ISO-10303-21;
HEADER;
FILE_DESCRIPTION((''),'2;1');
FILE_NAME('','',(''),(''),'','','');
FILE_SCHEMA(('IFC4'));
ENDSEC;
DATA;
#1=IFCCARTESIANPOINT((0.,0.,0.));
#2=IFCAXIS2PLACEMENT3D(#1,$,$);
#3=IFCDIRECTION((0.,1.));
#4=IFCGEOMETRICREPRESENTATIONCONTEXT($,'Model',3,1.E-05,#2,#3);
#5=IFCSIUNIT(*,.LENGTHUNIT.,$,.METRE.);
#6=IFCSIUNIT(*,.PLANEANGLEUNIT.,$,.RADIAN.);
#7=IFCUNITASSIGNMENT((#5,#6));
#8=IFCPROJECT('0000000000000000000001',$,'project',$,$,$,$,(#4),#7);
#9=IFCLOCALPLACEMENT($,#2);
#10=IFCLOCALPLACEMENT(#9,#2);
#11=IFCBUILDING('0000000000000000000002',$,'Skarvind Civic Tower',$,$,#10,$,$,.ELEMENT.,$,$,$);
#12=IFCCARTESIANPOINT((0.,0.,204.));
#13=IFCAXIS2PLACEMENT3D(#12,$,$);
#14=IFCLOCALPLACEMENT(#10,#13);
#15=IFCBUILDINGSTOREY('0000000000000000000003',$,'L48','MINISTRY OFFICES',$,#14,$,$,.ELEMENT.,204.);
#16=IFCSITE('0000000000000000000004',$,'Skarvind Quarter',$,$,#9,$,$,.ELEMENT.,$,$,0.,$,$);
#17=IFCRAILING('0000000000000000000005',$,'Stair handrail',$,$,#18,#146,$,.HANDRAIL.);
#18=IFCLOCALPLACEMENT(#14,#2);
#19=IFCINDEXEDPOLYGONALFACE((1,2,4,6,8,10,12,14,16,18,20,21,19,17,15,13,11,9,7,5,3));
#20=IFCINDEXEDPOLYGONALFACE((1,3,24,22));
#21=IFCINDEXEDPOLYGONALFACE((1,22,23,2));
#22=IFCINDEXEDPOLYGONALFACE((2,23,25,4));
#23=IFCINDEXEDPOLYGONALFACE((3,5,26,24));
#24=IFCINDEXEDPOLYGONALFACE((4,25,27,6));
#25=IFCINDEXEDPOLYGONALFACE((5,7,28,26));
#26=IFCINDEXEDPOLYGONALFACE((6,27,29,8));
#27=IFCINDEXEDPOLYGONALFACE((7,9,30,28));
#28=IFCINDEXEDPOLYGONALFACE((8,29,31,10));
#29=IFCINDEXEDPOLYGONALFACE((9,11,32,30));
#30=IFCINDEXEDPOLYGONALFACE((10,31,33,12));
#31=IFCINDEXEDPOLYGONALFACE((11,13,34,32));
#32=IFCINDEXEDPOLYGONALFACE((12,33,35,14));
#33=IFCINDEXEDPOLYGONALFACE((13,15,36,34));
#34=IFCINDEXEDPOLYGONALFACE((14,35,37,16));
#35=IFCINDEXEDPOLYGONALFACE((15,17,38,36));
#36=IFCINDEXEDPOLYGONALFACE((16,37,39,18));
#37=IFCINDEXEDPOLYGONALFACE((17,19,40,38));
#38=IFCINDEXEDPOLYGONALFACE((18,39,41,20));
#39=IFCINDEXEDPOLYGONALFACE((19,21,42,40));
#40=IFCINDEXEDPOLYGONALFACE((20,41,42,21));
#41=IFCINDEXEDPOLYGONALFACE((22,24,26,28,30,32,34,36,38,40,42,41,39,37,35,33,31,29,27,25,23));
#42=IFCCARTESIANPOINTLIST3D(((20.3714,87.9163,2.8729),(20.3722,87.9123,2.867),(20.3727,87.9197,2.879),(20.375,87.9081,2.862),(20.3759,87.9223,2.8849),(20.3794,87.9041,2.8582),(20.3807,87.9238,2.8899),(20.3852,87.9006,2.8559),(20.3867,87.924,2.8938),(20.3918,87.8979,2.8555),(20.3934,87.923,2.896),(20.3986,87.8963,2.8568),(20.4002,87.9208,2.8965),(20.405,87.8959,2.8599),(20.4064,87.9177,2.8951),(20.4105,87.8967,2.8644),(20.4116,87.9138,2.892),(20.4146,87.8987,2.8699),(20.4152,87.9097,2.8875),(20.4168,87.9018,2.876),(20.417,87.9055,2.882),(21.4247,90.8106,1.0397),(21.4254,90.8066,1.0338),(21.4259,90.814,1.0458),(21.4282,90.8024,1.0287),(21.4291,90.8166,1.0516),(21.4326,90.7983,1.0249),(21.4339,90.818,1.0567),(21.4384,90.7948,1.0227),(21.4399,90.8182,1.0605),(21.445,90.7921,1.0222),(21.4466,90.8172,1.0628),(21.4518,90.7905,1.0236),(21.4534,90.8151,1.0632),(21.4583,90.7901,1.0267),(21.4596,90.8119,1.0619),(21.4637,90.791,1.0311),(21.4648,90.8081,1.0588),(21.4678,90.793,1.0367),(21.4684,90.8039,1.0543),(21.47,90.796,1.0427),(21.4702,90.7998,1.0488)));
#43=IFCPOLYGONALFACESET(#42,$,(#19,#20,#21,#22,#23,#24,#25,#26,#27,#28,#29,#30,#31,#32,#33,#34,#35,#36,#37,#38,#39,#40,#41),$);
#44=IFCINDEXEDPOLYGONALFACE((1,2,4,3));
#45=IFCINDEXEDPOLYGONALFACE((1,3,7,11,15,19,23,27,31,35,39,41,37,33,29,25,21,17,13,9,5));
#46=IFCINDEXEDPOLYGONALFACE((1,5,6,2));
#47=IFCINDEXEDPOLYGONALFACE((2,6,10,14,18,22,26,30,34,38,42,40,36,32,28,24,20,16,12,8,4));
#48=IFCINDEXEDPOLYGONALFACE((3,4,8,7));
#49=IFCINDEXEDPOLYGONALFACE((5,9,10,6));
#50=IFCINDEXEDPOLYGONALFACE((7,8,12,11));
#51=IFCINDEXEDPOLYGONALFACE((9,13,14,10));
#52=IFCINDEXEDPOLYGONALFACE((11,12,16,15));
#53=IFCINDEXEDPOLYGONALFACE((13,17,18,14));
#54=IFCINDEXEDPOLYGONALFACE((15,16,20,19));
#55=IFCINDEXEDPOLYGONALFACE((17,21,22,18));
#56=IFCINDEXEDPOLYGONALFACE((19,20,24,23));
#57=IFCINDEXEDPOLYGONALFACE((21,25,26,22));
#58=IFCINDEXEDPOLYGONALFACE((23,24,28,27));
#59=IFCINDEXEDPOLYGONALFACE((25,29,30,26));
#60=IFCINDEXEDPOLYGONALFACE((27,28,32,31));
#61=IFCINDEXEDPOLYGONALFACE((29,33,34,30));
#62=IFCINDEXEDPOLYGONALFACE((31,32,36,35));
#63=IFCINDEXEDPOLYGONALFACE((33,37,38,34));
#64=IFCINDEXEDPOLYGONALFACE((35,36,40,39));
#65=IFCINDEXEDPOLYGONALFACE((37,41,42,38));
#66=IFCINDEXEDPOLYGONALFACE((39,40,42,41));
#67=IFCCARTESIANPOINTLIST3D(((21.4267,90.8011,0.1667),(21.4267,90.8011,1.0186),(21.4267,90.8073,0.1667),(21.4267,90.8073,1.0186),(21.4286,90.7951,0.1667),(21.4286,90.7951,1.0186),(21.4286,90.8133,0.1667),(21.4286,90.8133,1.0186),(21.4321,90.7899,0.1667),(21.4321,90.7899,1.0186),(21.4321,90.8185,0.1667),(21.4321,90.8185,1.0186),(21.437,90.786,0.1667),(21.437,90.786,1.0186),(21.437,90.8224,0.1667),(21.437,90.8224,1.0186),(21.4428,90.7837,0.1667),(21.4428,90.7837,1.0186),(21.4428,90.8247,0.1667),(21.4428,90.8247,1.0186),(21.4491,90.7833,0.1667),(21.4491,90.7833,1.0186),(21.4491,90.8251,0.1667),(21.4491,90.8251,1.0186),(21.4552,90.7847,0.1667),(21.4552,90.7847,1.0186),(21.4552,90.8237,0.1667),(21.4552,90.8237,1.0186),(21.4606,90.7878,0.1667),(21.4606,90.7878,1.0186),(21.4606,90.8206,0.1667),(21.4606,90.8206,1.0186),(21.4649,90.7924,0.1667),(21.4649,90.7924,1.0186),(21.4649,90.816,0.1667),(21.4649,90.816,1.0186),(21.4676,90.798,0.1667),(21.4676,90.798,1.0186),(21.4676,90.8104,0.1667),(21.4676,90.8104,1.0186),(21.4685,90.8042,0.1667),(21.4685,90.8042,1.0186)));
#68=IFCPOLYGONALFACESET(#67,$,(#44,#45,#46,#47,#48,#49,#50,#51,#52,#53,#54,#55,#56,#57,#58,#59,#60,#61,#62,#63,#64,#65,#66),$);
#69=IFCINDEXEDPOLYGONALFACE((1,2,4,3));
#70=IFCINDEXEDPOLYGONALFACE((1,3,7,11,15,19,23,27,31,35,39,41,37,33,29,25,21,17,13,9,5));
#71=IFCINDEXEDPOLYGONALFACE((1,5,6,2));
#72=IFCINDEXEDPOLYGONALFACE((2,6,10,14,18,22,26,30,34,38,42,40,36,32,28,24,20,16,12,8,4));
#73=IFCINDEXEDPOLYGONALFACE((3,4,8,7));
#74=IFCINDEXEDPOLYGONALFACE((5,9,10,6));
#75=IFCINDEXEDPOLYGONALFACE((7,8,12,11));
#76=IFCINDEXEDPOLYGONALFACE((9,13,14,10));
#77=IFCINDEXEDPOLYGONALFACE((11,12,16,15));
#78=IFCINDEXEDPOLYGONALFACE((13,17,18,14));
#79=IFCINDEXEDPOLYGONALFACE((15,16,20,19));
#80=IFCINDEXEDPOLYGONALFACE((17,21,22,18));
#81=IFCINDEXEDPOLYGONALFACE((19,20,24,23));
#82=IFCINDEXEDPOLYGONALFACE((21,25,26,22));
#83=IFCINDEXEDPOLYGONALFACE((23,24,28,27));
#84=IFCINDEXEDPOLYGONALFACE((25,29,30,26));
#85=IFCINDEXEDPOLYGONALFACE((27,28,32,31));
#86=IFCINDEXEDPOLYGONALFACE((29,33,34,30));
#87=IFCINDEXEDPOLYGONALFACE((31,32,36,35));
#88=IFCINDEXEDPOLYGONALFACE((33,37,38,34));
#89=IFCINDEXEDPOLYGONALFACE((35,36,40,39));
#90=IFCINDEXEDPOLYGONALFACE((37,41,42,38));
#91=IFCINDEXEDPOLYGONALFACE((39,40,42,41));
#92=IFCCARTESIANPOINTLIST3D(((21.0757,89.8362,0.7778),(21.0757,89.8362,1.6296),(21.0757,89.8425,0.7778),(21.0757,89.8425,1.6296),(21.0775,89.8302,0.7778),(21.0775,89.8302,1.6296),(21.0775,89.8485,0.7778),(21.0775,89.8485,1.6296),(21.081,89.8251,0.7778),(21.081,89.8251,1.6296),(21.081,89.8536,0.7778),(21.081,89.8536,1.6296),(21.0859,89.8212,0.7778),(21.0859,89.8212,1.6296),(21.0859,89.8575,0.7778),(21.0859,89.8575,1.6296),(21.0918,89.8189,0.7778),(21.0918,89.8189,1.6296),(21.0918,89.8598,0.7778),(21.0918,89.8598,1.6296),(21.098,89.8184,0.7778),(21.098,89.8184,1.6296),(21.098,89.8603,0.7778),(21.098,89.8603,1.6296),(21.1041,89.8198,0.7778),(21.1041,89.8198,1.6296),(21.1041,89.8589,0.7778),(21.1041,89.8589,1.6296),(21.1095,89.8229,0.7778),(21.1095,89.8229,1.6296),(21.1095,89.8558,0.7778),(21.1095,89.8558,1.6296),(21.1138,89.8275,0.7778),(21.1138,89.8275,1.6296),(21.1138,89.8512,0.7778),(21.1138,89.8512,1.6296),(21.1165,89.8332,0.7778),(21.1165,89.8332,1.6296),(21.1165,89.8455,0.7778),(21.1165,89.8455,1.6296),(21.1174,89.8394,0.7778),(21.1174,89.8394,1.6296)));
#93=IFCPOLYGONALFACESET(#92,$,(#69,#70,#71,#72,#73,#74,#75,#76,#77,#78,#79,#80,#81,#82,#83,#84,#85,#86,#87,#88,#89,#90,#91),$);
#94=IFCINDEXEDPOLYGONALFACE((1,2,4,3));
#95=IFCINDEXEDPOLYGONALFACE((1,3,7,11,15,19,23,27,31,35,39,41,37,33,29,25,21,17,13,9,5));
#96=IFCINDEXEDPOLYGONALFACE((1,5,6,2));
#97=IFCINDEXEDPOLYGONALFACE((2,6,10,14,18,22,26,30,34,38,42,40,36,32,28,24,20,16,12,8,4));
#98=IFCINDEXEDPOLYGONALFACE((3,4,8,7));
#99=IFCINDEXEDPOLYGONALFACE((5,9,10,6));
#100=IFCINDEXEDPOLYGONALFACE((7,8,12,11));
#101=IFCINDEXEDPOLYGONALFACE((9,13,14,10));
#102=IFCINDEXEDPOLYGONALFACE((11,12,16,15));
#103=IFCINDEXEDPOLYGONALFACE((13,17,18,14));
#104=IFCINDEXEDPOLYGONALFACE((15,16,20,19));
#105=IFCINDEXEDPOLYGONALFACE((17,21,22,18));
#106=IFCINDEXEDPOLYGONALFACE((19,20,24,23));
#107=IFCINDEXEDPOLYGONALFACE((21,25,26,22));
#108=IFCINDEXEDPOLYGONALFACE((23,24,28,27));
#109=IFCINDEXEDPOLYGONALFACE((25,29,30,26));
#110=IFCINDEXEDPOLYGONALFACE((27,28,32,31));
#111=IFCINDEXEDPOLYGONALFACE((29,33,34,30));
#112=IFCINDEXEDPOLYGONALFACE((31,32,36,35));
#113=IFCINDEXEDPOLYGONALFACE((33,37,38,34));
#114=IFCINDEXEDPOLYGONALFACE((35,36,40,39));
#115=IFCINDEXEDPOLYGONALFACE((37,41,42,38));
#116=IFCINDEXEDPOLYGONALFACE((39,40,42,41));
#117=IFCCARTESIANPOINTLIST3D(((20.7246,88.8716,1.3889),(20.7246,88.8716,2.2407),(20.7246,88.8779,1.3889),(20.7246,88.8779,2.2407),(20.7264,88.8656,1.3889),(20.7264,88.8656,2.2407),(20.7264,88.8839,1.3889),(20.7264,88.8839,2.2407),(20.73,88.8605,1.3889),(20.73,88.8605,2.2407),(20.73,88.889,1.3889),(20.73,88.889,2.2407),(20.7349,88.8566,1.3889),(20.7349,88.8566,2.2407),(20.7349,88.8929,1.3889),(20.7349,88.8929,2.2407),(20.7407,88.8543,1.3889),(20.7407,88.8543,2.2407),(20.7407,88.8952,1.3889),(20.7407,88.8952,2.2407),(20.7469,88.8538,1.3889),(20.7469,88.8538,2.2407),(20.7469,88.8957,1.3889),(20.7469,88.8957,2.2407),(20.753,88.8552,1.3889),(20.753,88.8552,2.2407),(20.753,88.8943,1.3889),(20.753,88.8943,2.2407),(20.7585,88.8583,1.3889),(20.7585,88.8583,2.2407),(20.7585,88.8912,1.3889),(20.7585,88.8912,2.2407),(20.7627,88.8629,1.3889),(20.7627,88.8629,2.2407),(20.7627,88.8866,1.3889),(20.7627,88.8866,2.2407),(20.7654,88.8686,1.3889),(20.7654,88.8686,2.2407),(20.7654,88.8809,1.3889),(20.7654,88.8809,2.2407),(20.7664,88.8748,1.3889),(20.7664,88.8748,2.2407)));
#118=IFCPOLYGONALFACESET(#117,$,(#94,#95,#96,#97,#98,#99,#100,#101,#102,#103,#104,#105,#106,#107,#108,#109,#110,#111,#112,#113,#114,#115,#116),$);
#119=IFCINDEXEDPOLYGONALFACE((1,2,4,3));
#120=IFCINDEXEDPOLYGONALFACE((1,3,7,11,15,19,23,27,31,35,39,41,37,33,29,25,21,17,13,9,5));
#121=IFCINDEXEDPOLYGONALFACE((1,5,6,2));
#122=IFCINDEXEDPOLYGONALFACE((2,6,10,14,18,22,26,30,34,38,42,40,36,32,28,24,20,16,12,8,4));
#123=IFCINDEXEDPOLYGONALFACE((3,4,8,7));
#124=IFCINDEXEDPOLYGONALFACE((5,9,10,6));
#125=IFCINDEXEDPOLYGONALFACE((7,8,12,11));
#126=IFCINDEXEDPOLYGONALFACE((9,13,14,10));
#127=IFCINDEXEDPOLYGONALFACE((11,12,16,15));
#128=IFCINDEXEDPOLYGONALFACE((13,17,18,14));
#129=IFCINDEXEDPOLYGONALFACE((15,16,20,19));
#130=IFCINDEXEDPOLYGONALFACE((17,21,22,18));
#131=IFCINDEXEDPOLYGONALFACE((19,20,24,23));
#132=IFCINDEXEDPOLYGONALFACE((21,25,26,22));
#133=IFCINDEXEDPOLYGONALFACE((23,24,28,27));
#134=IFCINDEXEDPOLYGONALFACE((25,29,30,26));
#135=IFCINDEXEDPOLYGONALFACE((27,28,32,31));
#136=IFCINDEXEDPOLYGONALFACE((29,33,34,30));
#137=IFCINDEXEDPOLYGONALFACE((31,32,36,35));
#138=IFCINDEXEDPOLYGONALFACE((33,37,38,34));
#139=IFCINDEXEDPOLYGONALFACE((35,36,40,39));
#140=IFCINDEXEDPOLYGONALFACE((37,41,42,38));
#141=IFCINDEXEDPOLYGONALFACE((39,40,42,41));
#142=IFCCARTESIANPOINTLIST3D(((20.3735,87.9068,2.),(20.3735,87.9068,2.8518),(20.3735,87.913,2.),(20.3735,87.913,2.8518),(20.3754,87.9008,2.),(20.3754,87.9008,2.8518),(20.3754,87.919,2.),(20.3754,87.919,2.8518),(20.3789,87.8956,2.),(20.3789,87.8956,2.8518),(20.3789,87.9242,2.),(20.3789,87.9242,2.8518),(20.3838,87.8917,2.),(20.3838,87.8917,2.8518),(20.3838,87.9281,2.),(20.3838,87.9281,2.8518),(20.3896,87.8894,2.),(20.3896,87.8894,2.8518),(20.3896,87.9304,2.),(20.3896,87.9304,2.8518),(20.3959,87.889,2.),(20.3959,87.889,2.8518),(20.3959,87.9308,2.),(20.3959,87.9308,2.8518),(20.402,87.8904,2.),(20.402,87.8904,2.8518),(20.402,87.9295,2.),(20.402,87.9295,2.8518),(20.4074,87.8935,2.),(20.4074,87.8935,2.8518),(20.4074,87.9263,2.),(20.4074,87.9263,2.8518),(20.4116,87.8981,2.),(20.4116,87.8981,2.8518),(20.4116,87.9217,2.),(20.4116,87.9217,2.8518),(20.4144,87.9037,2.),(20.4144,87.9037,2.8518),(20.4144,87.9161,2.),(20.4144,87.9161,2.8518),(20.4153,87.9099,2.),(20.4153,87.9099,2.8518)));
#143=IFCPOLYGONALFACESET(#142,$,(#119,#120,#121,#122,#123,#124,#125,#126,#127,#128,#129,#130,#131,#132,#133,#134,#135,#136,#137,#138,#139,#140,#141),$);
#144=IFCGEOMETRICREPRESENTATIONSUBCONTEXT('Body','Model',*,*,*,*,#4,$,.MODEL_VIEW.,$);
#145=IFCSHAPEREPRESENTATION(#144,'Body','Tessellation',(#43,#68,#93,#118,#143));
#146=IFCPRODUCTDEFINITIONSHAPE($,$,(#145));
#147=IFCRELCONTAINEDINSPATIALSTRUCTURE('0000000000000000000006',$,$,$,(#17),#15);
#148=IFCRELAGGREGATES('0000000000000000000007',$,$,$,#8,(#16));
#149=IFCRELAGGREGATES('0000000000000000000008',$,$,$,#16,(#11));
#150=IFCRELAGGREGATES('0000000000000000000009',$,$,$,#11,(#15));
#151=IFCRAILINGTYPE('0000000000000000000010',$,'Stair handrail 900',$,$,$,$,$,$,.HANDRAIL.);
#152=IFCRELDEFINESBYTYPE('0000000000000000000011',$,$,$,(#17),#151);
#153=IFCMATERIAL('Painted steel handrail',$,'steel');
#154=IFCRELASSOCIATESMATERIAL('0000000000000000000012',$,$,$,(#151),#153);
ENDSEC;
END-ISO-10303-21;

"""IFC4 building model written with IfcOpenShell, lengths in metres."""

from ifc_helpers import new_model, si_unit, direction, frame, origin, origin_2d, place, context, subcontext, project, spatial, circle, extrude, material, type_object, element, save


model = new_model("IFC4")

# Units and contexts
model_context = context("Model", 3, precision=1e-05, world=origin(), true_north=direction((0.0, 1.0)))
body_context = subcontext(model_context, "Body", "Model", "MODEL_VIEW")
ifc_project = project(units=[si_unit("LENGTHUNIT", "METRE"), si_unit("PLANEANGLEUNIT", "RADIAN")], contexts=[model_context])

# Site, building, storey
site_placement = place(None, origin())
site = spatial("IfcSite", under=ifc_project, at=site_placement, Name="Skarvind Quarter", CompositionType="ELEMENT", RefElevation=0.0)
building_placement = place(site_placement, origin())
building = spatial("IfcBuilding", under=site, at=building_placement, Name="Skarvind Civic Tower", CompositionType="ELEMENT")
storey_placement = place(building_placement, frame((0.0, 0.0, 204.0)))
storey = spatial("IfcBuildingStorey", under=building, at=storey_placement, Name="L48", Description="MINISTRY OFFICES", CompositionType="ELEMENT", Elevation=204.0)

# Railing
ifc_material_1 = material(Name="Painted steel handrail", Category="steel")
railing_type = type_object("IfcRailingType", Name="Stair handrail 900", PredefinedType="HANDRAIL", material=ifc_material_1)
railing_1_placement = place(storey_placement, frame((21.4475, 90.8042, 0.1667)))
element("IfcRailing", 1, at=railing_1_placement, inside=storey, type_object=railing_type, Name="Stair handrail", PredefinedType="HANDRAIL", context=body_context, shape_type="SweptSolid", body=[
    extrude(circle(Radius=0.0239, at=origin_2d()), frame((0.0, 0.0, 0.876), z_axis=(-0.293846, -0.807497, 0.511472), x_axis=(0.939715, -0.341959, 0.0)), (0.0, 0.0, 1.0), 3.5842),
    extrude(circle(Radius=0.021, at=origin_2d()), origin(), (0.0, 0.0, 1.0), 0.8518),
    extrude(circle(Radius=0.021, at=origin_2d()), frame((-0.3511, -0.9648, 0.6111)), (0.0, 0.0, 1.0), 0.8518),
    extrude(circle(Radius=0.021, at=origin_2d()), frame((-0.7021, -1.9294, 1.2222)), (0.0, 0.0, 1.0), 0.8518),
    extrude(circle(Radius=0.021, at=origin_2d()), frame((-1.0532, -2.8943, 1.8333)), (0.0, 0.0, 1.0), 0.8518),
])

save(model, "model.ifc")
